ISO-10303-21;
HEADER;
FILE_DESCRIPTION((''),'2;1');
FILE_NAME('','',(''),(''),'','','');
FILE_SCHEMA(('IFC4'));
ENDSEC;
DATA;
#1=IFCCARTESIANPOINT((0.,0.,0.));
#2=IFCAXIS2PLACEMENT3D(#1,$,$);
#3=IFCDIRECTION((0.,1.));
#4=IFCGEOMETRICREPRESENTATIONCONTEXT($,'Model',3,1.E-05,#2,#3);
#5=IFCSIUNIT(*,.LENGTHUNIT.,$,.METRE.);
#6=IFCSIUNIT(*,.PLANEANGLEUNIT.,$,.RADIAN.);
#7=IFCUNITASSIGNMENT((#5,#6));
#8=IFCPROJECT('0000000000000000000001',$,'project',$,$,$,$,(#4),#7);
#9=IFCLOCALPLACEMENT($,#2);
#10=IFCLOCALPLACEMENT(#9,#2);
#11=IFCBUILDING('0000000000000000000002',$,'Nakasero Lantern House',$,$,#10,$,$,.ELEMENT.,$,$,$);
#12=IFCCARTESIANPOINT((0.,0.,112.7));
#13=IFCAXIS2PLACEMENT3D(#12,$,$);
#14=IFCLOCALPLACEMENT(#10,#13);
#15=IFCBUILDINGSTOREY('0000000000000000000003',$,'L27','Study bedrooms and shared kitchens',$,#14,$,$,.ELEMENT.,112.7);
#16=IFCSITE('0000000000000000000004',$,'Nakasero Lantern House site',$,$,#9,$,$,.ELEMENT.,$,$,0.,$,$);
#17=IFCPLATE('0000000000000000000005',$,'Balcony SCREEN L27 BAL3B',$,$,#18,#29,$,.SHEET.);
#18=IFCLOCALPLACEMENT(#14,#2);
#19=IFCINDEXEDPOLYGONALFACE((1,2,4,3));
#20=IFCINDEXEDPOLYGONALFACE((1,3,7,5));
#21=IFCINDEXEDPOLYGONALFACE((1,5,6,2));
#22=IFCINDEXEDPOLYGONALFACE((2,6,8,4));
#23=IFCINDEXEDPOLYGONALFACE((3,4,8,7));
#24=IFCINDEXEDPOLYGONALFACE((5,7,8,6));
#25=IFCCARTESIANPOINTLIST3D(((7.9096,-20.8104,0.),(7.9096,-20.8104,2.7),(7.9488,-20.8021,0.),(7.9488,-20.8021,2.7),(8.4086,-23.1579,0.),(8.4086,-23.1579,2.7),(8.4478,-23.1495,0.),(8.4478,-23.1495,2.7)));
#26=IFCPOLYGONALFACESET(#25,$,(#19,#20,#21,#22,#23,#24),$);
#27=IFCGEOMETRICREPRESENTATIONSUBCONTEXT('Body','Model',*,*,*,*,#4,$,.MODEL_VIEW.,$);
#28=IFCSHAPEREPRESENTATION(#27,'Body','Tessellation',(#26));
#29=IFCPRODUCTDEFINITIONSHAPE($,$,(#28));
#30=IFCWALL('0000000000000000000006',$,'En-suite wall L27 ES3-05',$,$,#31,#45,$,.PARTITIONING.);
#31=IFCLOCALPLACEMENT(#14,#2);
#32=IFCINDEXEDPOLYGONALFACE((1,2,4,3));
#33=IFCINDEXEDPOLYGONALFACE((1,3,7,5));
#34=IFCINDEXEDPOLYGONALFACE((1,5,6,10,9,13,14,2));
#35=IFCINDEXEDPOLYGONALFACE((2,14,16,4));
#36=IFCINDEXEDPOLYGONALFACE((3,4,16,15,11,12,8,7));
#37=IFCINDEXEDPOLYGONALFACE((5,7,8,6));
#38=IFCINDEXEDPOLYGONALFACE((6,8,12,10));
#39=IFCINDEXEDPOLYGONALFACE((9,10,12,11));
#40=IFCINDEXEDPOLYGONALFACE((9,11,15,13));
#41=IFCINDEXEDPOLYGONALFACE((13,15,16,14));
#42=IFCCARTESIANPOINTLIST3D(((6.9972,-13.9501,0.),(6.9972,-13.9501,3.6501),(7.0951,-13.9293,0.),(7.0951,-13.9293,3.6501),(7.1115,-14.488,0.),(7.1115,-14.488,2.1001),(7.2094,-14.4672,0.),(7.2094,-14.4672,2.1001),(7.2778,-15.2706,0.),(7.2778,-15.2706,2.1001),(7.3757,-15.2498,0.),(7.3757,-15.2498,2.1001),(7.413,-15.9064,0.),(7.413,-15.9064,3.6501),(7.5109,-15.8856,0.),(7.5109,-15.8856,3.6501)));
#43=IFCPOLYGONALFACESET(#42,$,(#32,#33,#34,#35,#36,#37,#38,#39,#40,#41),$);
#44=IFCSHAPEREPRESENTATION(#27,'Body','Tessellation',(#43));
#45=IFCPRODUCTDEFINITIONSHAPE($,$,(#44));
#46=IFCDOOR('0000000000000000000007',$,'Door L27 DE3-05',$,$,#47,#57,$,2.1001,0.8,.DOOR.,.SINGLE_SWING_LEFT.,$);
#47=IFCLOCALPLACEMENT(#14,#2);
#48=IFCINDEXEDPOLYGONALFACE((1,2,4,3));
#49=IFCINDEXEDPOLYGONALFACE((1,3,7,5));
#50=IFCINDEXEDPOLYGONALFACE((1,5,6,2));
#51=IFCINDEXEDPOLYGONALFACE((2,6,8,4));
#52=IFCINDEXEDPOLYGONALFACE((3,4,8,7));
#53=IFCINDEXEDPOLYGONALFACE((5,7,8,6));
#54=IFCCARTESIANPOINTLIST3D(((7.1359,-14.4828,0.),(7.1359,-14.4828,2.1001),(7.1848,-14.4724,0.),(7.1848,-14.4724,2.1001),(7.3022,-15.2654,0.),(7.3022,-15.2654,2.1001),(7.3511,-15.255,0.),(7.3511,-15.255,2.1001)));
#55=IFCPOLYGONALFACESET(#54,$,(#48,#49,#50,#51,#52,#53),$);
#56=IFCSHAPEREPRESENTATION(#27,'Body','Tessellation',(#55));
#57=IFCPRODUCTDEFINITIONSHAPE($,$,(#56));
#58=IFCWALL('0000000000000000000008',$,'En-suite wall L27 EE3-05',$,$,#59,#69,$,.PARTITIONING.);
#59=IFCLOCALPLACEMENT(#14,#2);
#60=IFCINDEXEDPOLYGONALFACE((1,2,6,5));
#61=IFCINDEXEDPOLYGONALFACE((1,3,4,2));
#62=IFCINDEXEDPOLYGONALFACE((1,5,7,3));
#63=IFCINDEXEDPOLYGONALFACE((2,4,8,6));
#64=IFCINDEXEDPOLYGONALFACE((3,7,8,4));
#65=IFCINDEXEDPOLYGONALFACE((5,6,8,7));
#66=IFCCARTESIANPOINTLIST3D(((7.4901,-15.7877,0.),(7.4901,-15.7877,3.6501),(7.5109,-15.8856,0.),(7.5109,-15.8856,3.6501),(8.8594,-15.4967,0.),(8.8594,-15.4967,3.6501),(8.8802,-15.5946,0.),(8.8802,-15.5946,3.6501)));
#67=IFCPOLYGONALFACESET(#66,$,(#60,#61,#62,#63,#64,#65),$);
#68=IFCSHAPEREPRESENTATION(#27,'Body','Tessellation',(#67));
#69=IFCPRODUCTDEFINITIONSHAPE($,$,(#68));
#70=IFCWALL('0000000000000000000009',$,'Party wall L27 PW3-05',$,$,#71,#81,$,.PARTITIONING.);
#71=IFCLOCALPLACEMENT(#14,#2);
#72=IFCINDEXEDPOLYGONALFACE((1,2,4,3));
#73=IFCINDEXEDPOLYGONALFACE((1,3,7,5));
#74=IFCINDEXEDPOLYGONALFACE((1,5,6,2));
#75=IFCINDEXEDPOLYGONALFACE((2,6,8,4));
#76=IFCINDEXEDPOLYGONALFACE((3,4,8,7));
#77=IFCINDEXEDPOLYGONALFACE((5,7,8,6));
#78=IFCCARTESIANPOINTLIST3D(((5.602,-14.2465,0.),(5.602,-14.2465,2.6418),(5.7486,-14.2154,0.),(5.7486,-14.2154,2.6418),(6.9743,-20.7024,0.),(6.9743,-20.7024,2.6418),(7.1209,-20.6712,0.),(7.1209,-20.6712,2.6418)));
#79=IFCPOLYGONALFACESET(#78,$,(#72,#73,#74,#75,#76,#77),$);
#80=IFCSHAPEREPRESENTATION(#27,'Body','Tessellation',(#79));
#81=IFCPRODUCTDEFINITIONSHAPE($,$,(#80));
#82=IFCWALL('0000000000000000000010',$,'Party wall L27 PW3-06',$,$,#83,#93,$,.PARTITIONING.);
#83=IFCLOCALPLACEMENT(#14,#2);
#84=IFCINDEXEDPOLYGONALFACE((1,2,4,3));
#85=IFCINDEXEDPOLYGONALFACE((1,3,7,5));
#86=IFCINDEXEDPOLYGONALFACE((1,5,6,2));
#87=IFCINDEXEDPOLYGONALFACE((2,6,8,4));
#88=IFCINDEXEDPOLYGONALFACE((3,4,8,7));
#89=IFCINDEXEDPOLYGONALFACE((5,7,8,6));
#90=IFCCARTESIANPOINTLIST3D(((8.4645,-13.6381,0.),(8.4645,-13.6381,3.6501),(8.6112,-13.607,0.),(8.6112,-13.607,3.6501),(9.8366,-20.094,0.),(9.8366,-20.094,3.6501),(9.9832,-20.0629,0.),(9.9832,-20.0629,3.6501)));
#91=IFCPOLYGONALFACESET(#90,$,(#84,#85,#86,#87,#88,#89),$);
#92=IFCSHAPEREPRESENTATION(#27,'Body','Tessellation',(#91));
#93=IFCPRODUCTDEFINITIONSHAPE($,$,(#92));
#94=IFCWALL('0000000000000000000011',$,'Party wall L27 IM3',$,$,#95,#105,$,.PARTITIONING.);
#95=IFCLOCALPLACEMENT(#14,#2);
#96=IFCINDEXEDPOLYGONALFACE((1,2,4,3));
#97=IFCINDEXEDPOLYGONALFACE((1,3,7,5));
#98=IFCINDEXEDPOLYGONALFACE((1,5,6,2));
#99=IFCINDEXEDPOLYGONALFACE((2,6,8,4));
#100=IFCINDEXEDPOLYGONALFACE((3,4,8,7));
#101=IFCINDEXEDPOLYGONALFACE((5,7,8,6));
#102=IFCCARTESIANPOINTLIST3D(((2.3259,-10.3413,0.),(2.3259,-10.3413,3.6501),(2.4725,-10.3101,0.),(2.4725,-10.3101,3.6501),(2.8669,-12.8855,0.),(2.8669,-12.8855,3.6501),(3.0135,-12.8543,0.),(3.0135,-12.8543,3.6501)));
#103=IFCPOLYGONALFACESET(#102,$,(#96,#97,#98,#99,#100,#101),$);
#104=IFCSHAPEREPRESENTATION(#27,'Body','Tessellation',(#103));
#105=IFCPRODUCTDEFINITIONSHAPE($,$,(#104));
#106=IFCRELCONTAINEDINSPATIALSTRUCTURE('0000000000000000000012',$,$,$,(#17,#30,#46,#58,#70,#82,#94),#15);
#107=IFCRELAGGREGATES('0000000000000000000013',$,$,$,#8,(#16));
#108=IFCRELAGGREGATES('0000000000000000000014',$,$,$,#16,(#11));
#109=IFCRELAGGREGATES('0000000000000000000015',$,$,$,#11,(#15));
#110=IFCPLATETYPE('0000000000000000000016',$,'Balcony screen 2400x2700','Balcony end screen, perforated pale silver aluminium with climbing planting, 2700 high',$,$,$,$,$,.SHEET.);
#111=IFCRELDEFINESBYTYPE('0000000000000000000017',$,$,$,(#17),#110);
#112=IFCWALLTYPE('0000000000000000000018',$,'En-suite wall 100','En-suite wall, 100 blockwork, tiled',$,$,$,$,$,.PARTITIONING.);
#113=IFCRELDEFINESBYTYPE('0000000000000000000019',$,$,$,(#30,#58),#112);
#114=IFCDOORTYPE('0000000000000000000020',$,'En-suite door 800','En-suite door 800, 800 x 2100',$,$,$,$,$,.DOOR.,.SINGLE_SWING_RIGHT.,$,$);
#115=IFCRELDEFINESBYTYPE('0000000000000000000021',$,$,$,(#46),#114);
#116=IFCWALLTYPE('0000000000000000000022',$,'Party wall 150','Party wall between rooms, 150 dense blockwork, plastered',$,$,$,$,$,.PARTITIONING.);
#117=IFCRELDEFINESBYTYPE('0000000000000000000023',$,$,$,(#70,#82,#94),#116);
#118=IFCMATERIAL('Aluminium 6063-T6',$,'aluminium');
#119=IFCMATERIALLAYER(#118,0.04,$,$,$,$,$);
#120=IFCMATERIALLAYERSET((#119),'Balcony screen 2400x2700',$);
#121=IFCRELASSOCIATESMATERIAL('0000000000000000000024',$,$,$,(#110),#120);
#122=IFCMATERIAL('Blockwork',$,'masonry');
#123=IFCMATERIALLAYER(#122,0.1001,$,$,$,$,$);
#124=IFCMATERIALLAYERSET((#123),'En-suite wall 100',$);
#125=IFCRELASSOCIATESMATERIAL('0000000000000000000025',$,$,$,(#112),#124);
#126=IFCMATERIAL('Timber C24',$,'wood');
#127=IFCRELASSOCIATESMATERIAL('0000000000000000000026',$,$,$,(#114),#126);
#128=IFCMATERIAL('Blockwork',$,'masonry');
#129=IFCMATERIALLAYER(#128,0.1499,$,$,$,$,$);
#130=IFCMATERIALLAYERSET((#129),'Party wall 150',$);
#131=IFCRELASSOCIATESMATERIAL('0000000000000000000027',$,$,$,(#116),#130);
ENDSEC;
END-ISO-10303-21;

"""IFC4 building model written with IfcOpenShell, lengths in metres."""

from ifc_helpers import new_model, si_unit, direction, frame, frame_2d, origin, origin_2d, place, context, subcontext, project, spatial, rectangle, extrude, material, layer, layer_set, type_object, element, fill, save


model = new_model("IFC4")

# Units and contexts
model_context = context("Model", 3, precision=1e-05, world=origin(), true_north=direction((0.0, 1.0)))
body_context = subcontext(model_context, "Body", "Model", "MODEL_VIEW")
ifc_project = project(units=[si_unit("LENGTHUNIT", "METRE"), si_unit("PLANEANGLEUNIT", "RADIAN")], contexts=[model_context])

# Site, building, storey
site_placement = place(None, origin())
site = spatial("IfcSite", under=ifc_project, at=site_placement, Name="Nakasero Lantern House site", CompositionType="ELEMENT", RefElevation=0.0)
building_placement = place(site_placement, origin())
building = spatial("IfcBuilding", under=site, at=building_placement, Name="Nakasero Lantern House", CompositionType="ELEMENT")
storey_placement = place(building_placement, frame((0.0, 0.0, 112.7)))
storey = spatial("IfcBuildingStorey", under=building, at=storey_placement, Name="L27", Description="Study bedrooms and shared kitchens", CompositionType="ELEMENT", Elevation=112.7)

# Plate
ifc_material_1 = material(Name="Aluminium 6063-T6", Category="aluminium")
ifc_layer_1 = layer(ifc_material_1, 0.04)
ifc_layer_set_1 = layer_set([ifc_layer_1], Name="Balcony screen 2400x2700")
plate_type_1 = type_object("IfcPlateType", Name="Balcony screen 2400x2700", Description="Balcony end screen, perforated pale silver aluminium with climbing planting, 2700 high", PredefinedType="SHEET", material=ifc_layer_set_1)
for number, where, z_axis, x_axis, name in (
    (1, (8.1787, -21.98, 0.0), (0.0, 0.0, 1.0), (0.207912, -0.978148, 0.0), "Balcony SCREEN L27 BAL3B"),
):
    element("IfcPlate", number, at=place(storey_placement, frame(where, z_axis=z_axis, x_axis=x_axis)), inside=storey, type_object=plate_type_1, Name=name, PredefinedType="SHEET", context=body_context, shape_type="SweptSolid", body=[
        extrude(rectangle(XDim=2.3999, YDim=0.04, at=origin_2d()), origin(), (0.0, 0.0, 1.0), 2.7),
    ])

# Wall, opening, door
ifc_material_2 = material(Name="Blockwork", Category="masonry")
ifc_layer_2 = layer(ifc_material_2, 0.1001)
ifc_layer_set_2 = layer_set([ifc_layer_2], Name="En-suite wall 100")
wall_type_1 = type_object("IfcWallType", Name="En-suite wall 100", Description="En-suite wall, 100 blockwork, tiled", PredefinedType="PARTITIONING", material=ifc_layer_set_2)
wall_1_placement = place(storey_placement, frame((7.0461, -13.9397, 0.0), z_axis=(0.0, 0.0, 1.0), x_axis=(0.207886, -0.978153, 0.0)))
wall_1 = element("IfcWall", 2, at=wall_1_placement, inside=storey, type_object=wall_type_1, Name="En-suite wall L27 ES3-05", PredefinedType="PARTITIONING", context=body_context, shape_type="SweptSolid", body=[
    extrude(rectangle(XDim=2.0, YDim=0.1001, at=frame_2d((1.0, 0.0))), origin(), (0.0, 0.0, 1.0), 3.6501),
])
opening_placement = place(wall_1_placement, frame((0.55, 0.0, 0.0)))
opening = element("IfcOpeningElement", 3, at=opening_placement, cuts=wall_1, PredefinedType="OPENING", context=body_context, shape_type="SweptSolid", body=[
    extrude(rectangle(XDim=0.8, YDim=2.1001, at=frame_2d((0.3999, 1.05))), frame((0.0, 0.0701, 0.0), z_axis=(0.0, -1.0, 0.0), x_axis=(1.0, 0.0, 0.0)), (0.0, 0.0, 1.0), 0.1401),
])
ifc_material_3 = material(Name="Timber C24", Category="wood")
door_type = type_object("IfcDoorType", Name="En-suite door 800", Description="En-suite door 800, 800 x 2100", OperationType="SINGLE_SWING_RIGHT", PredefinedType="DOOR", material=ifc_material_3)
door_placement = place(opening_placement, origin())
door = element("IfcDoor", 4, at=door_placement, inside=storey, type_object=door_type, Name="Door L27 DE3-05", OperationType="SINGLE_SWING_LEFT", OverallHeight=2.1001, OverallWidth=0.8, PredefinedType="DOOR", context=body_context, shape_type="SweptSolid", body=[
    extrude(rectangle(XDim=0.8, YDim=2.1001, at=frame_2d((0.3999, 1.05))), frame((0.0, 0.0249, 0.0), z_axis=(0.0, -1.0, 0.0), x_axis=(1.0, 0.0, 0.0)), (0.0, 0.0, 1.0), 0.05),
])
fill(opening, door)

# Walls
wall_2_placement = place(storey_placement, frame((7.5005, -15.8367, 0.0), z_axis=(0.0, 0.0, 1.0), x_axis=(0.978156, 0.207873, 0.0)))
element("IfcWall", 5, at=wall_2_placement, inside=storey, type_object=wall_type_1, Name="En-suite wall L27 EE3-05", PredefinedType="PARTITIONING", context=body_context, shape_type="SweptSolid", body=[
    extrude(rectangle(XDim=1.3999, YDim=0.1001, at=frame_2d((0.7, 0.0))), origin(), (0.0, 0.0, 1.0), 3.6501),
])
ifc_material_4 = material(Name="Blockwork", Category="masonry")
ifc_layer_3 = layer(ifc_material_4, 0.1499)
ifc_layer_set_3 = layer_set([ifc_layer_3], Name="Party wall 150")
wall_type_2 = type_object("IfcWallType", Name="Party wall 150", Description="Party wall between rooms, 150 dense blockwork, plastered", PredefinedType="PARTITIONING", material=ifc_layer_set_3)
wall_3_placement = place(storey_placement, frame((5.6753, -14.231, 0.0), z_axis=(0.0, 0.0, 1.0), x_axis=(0.207925, -0.978145, 0.0)))
element("IfcWall", 6, at=wall_3_placement, inside=storey, type_object=wall_type_2, Name="Party wall L27 PW3-05", PredefinedType="PARTITIONING", context=body_context, shape_type="SweptSolid", body=[
    extrude(rectangle(XDim=6.6001, YDim=0.1499, at=frame_2d((3.3, 0.0))), origin(), (0.0, 0.0, 1.0), 2.6418),
])
wall_4_placement = place(storey_placement, frame((8.5378, -13.6226, 0.0), z_axis=(0.0, 0.0, 1.0), x_axis=(0.207889, -0.978152, 0.0)))
element("IfcWall", 7, at=wall_4_placement, inside=storey, type_object=wall_type_2, Name="Party wall L27 PW3-06", PredefinedType="PARTITIONING", context=body_context, shape_type="SweptSolid", body=[
    extrude(rectangle(XDim=6.6001, YDim=0.1499, at=frame_2d((3.3, 0.0))), origin(), (0.0, 0.0, 1.0), 3.6501),
])
wall_5_placement = place(storey_placement, frame((2.9402, -12.8699, 0.0), z_axis=(0.0, 0.0, 1.0), x_axis=(-0.207997, 0.978129, 0.0)))
element("IfcWall", 8, at=wall_5_placement, inside=storey, type_object=wall_type_2, Name="Party wall L27 IM3", PredefinedType="PARTITIONING", context=body_context, shape_type="SweptSolid", body=[
    extrude(rectangle(XDim=2.6011, YDim=0.1499, at=frame_2d((1.3005, 0.0))), origin(), (0.0, 0.0, 1.0), 3.6501),
])

save(model, "model.ifc")
